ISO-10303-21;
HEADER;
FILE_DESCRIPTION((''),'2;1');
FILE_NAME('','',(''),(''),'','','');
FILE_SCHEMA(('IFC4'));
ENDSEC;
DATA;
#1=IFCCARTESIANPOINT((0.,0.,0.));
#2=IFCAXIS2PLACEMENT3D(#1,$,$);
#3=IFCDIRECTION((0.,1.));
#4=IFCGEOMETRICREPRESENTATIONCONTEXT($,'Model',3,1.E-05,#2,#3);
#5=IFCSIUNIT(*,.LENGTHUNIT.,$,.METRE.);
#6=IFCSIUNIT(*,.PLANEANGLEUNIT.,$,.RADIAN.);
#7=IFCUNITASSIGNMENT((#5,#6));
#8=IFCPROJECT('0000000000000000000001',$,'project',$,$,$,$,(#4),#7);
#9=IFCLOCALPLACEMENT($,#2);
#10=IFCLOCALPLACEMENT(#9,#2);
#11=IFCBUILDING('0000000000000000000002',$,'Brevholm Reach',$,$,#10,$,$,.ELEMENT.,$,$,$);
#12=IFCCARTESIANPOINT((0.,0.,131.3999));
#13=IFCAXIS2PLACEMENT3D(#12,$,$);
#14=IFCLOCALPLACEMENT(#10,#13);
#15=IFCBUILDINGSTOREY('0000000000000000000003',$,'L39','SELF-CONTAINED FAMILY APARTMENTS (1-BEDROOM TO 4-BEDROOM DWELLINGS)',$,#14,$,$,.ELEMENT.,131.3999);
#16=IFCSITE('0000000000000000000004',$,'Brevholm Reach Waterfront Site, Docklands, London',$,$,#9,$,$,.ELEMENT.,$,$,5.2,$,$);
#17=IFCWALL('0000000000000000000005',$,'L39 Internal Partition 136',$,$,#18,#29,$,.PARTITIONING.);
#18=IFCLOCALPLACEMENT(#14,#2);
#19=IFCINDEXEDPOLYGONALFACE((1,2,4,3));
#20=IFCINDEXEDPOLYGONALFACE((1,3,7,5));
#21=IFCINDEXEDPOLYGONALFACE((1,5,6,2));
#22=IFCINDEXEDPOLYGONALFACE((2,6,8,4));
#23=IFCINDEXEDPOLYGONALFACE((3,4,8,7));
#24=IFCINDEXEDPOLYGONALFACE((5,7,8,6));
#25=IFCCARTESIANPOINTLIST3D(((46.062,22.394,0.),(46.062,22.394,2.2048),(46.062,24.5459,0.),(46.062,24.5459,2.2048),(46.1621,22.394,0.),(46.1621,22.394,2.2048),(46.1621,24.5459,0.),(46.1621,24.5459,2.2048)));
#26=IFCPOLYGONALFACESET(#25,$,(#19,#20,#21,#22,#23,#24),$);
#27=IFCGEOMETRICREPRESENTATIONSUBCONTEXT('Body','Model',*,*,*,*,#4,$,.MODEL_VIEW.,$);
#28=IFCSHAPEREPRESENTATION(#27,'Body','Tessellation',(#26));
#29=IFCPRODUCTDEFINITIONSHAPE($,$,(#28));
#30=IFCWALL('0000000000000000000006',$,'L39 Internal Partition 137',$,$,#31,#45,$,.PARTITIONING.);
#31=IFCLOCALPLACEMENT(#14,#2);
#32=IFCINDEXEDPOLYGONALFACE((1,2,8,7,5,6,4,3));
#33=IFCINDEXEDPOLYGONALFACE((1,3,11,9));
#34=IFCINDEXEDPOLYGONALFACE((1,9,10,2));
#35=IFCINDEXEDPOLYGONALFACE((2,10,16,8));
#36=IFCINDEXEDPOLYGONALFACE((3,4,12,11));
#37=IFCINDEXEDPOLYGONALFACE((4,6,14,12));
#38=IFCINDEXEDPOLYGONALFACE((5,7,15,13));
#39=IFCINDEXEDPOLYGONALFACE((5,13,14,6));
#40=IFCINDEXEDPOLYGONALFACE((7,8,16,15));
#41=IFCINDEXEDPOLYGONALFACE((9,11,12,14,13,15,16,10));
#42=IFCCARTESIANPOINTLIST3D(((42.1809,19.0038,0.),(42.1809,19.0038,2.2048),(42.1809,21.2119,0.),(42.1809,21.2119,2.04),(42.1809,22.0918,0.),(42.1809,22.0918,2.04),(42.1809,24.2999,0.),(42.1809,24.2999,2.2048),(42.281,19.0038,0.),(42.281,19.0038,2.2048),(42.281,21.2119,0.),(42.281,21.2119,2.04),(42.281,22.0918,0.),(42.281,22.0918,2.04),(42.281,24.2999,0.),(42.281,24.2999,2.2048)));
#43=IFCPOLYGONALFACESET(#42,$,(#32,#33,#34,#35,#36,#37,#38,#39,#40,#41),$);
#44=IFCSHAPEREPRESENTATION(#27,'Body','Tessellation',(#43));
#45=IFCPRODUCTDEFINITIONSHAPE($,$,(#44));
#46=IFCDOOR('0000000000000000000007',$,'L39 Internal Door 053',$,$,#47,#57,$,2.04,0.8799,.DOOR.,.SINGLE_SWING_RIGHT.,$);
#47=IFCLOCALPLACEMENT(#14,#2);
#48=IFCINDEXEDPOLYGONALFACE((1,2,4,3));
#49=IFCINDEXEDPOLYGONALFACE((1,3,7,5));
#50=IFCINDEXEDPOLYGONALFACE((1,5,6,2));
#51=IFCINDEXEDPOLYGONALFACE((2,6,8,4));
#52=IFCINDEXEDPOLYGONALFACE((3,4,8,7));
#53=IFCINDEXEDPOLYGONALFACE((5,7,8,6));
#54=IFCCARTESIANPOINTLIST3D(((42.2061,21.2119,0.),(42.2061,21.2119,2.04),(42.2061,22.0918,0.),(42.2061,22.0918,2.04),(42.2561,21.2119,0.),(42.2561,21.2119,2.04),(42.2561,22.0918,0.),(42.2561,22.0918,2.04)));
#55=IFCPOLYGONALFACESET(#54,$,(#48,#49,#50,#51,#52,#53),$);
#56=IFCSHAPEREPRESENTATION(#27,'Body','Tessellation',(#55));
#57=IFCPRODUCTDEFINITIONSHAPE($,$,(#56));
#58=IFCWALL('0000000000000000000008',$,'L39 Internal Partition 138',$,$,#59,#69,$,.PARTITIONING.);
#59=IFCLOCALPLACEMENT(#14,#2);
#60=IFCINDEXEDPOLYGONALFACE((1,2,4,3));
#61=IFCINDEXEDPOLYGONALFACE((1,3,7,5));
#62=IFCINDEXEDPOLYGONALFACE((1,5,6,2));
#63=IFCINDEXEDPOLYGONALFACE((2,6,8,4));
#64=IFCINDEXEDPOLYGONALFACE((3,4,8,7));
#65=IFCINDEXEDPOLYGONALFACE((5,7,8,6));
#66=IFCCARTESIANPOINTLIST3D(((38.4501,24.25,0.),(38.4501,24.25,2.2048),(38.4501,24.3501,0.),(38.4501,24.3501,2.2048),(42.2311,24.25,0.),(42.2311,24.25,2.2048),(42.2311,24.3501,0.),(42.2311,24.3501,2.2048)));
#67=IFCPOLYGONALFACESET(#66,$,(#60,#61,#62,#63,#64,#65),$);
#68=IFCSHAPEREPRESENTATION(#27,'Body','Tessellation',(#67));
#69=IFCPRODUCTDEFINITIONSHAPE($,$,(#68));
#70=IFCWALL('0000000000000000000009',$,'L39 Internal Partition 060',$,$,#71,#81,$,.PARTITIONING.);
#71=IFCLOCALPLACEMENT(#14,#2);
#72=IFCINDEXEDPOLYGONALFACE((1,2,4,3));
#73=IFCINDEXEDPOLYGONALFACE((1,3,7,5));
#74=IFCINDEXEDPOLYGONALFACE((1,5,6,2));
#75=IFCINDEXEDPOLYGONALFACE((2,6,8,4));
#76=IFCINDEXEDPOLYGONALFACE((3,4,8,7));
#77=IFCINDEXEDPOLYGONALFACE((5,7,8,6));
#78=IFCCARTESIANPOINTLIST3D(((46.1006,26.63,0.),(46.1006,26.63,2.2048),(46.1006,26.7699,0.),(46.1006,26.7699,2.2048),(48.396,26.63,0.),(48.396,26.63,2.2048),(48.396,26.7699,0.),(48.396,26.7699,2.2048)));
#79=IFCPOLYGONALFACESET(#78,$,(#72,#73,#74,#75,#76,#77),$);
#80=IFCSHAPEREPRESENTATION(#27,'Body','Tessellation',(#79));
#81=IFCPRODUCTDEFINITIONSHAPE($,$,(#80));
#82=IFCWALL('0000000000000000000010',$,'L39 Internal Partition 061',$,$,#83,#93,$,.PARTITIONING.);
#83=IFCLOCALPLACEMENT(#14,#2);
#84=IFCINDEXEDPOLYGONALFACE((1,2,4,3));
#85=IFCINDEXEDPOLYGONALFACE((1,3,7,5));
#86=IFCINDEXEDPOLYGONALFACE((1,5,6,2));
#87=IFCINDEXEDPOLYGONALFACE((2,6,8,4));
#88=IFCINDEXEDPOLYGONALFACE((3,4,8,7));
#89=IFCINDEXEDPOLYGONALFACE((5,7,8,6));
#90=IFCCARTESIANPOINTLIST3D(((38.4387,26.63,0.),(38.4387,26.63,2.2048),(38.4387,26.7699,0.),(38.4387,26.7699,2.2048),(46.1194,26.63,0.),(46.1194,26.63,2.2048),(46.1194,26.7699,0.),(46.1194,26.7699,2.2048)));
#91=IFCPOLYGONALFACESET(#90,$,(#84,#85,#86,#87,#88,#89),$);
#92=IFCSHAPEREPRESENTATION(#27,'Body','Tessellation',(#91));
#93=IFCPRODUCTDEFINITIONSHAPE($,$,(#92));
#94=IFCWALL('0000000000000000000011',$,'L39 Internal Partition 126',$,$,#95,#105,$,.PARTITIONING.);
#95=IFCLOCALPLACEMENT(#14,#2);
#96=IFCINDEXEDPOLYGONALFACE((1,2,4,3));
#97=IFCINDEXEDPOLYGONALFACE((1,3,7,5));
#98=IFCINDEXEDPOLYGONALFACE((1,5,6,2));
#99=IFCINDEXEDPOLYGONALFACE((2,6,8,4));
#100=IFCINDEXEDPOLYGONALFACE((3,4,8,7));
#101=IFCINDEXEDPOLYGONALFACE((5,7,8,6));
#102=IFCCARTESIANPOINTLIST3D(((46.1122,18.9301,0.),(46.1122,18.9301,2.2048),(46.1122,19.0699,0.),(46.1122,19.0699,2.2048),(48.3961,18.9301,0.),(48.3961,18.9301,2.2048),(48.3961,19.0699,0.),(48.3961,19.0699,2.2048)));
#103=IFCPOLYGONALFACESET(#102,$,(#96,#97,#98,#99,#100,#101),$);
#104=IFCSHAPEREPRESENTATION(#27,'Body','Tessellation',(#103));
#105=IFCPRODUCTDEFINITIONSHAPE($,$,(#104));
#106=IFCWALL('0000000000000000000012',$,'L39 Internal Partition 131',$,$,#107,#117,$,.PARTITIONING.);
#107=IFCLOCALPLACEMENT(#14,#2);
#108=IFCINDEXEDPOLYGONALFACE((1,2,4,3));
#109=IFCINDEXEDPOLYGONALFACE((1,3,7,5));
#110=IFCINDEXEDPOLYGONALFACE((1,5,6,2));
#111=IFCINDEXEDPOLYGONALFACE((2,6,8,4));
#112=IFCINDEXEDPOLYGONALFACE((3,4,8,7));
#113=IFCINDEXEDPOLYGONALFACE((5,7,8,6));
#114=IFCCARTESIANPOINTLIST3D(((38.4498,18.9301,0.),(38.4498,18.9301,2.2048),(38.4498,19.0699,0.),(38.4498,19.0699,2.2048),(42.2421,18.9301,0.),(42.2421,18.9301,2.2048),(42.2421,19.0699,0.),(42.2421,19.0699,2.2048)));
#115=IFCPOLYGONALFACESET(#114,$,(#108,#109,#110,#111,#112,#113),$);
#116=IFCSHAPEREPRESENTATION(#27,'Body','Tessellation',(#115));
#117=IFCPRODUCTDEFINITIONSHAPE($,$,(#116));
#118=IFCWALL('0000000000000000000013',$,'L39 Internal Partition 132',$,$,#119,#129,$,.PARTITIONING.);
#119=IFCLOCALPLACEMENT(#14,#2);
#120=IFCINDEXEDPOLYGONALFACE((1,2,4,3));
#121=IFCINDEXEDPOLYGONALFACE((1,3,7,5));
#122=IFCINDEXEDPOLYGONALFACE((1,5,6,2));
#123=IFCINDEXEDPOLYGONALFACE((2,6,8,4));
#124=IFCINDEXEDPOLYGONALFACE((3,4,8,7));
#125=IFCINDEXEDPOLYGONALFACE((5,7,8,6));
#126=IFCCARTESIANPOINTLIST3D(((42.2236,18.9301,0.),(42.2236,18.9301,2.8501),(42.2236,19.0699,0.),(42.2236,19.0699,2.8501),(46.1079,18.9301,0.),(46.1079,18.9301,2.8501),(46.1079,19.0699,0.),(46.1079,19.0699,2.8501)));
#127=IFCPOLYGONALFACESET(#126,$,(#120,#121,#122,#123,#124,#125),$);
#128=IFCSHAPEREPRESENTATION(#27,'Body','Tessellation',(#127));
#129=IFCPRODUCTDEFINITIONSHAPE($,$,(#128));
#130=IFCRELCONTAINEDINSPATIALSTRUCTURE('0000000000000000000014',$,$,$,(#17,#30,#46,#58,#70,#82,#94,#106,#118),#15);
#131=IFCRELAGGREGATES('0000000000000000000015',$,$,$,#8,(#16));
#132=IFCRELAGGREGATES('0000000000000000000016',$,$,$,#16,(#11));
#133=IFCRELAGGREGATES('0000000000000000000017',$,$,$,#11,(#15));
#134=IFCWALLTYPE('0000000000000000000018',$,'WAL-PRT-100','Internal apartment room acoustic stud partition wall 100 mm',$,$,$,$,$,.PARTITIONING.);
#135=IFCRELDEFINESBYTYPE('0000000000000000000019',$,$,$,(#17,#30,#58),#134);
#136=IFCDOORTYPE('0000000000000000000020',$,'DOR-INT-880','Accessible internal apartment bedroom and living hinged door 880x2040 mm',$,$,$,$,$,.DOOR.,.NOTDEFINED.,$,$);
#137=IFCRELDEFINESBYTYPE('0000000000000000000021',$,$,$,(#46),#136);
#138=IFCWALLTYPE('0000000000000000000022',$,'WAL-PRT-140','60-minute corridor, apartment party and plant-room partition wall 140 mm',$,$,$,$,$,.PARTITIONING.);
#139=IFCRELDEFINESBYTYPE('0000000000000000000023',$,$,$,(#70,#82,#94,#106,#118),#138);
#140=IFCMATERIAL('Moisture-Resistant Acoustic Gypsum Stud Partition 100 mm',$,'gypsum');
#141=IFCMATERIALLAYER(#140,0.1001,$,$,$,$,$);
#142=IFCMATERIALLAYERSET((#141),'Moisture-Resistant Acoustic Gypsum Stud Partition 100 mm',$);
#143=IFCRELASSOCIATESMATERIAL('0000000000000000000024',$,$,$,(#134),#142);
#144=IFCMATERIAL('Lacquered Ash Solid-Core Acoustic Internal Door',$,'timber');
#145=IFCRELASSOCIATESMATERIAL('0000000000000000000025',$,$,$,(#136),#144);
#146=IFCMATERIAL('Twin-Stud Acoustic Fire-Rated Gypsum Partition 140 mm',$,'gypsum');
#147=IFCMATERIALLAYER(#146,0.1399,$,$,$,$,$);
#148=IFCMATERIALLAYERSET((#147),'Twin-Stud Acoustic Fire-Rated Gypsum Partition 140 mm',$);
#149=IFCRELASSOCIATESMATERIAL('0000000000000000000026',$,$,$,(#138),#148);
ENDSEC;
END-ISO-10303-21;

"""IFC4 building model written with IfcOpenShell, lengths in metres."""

from ifc_helpers import new_model, si_unit, direction, frame, frame_2d, origin, place, context, subcontext, project, spatial, rectangle, extrude, material, layer, layer_set, type_object, element, fill, save


model = new_model("IFC4")

# Units and contexts
model_context = context("Model", 3, precision=1e-05, world=origin(), true_north=direction((0.0, 1.0)))
body_context = subcontext(model_context, "Body", "Model", "MODEL_VIEW")
ifc_project = project(units=[si_unit("LENGTHUNIT", "METRE"), si_unit("PLANEANGLEUNIT", "RADIAN")], contexts=[model_context])

# Site, building, storey
site_placement = place(None, origin())
site = spatial("IfcSite", under=ifc_project, at=site_placement, Name="Brevholm Reach Waterfront Site, Docklands, London", CompositionType="ELEMENT", RefElevation=5.2)
building_placement = place(site_placement, origin())
building = spatial("IfcBuilding", under=site, at=building_placement, Name="Brevholm Reach", CompositionType="ELEMENT")
storey_placement = place(building_placement, frame((0.0, 0.0, 131.3999)))
storey = spatial("IfcBuildingStorey", under=building, at=storey_placement, Name="L39", Description="SELF-CONTAINED FAMILY APARTMENTS (1-BEDROOM TO 4-BEDROOM DWELLINGS)", CompositionType="ELEMENT", Elevation=131.3999)

# Shared definitions
ifc_material_1 = material(Name="Moisture-Resistant Acoustic Gypsum Stud Partition 100 mm", Category="gypsum")
ifc_layer_1 = layer(ifc_material_1, 0.1001)
ifc_layer_set_1 = layer_set([ifc_layer_1], Name="Moisture-Resistant Acoustic Gypsum Stud Partition 100 mm")
wall_type_1 = type_object("IfcWallType", Name="WAL-PRT-100", Description="Internal apartment room acoustic stud partition wall 100 mm", PredefinedType="PARTITIONING", material=ifc_layer_set_1)

# Shared definitions
ifc_material_2 = material(Name="Lacquered Ash Solid-Core Acoustic Internal Door", Category="timber")
door_type_1 = type_object("IfcDoorType", Name="DOR-INT-880", Description="Accessible internal apartment bedroom and living hinged door 880x2040 mm", OperationType="NOTDEFINED", PredefinedType="DOOR", material=ifc_material_2)

# Wall
wall_1_placement = place(storey_placement, frame((46.1121, 22.394, 0.0), z_axis=(0.0, 0.0, 1.0), x_axis=(0.0, 1.0, 0.0)))
element("IfcWall", 1, at=wall_1_placement, inside=storey, type_object=wall_type_1, Name="L39 Internal Partition 136", PredefinedType="PARTITIONING", context=body_context, shape_type="SweptSolid", body=[
    extrude(rectangle(XDim=2.1519, YDim=0.1001, at=frame_2d((1.0759, 0.0))), origin(), (0.0, 0.0, 1.0), 2.2048),
])

# Wall, opening, door
wall_2_placement = place(storey_placement, frame((42.231, 19.0039, 0.0), z_axis=(0.0, 0.0, 1.0), x_axis=(0.0, 1.0, 0.0)))
wall_2 = element("IfcWall", 2, at=wall_2_placement, inside=storey, type_object=wall_type_1, Name="L39 Internal Partition 137", PredefinedType="PARTITIONING", context=body_context, shape_type="SweptSolid", body=[
    extrude(rectangle(XDim=5.2961, YDim=0.1001, at=frame_2d((2.6479, 0.0))), origin(), (0.0, 0.0, 1.0), 2.2048),
])
opening_1_placement = place(wall_2_placement, frame((2.208, 0.0, 0.0)))
opening_1 = element("IfcOpeningElement", 3, at=opening_1_placement, cuts=wall_2, PredefinedType="OPENING", context=body_context, shape_type="SweptSolid", body=[
    extrude(rectangle(XDim=0.8799, YDim=2.04, at=frame_2d((0.4399, 1.02))), frame((0.0, 0.0601, 0.0), z_axis=(0.0, -1.0, 0.0), x_axis=(1.0, 0.0, 0.0)), (0.0, 0.0, 1.0), 0.1201),
])
door_1_placement = place(opening_1_placement, origin())
door_1 = element("IfcDoor", 4, at=door_1_placement, inside=storey, type_object=door_type_1, Name="L39 Internal Door 053", OperationType="SINGLE_SWING_RIGHT", OverallHeight=2.04, OverallWidth=0.8799, PredefinedType="DOOR", context=body_context, shape_type="SweptSolid", body=[
    extrude(rectangle(XDim=0.8799, YDim=2.04, at=frame_2d((0.4399, 1.02))), frame((0.0, 0.0249, 0.0), z_axis=(0.0, -1.0, 0.0), x_axis=(1.0, 0.0, 0.0)), (0.0, 0.0, 1.0), 0.05),
])
fill(opening_1, door_1)

# Walls
wall_3_placement = place(storey_placement, frame((38.45, 24.3, 0.0), z_axis=(0.0, 0.0, 1.0), x_axis=(1.0, 0.0, 0.0)))
element("IfcWall", 5, at=wall_3_placement, inside=storey, type_object=wall_type_1, Name="L39 Internal Partition 138", PredefinedType="PARTITIONING", context=body_context, shape_type="SweptSolid", body=[
    extrude(rectangle(XDim=3.781, YDim=0.1001, at=frame_2d((1.8906, 0.0))), origin(), (0.0, 0.0, 1.0), 2.2048),
])
ifc_material_3 = material(Name="Twin-Stud Acoustic Fire-Rated Gypsum Partition 140 mm", Category="gypsum")
ifc_layer_2 = layer(ifc_material_3, 0.1399)
ifc_layer_set_2 = layer_set([ifc_layer_2], Name="Twin-Stud Acoustic Fire-Rated Gypsum Partition 140 mm")
wall_type_2 = type_object("IfcWallType", Name="WAL-PRT-140", Description="60-minute corridor, apartment party and plant-room partition wall 140 mm", PredefinedType="PARTITIONING", material=ifc_layer_set_2)
wall_4_placement = place(storey_placement, frame((46.1006, 26.7, 0.0), z_axis=(0.0, 0.0, 1.0), x_axis=(1.0, 0.0, 0.0)))
element("IfcWall", 6, at=wall_4_placement, inside=storey, type_object=wall_type_2, Name="L39 Internal Partition 060", PredefinedType="PARTITIONING", context=body_context, shape_type="SweptSolid", body=[
    extrude(rectangle(XDim=2.2954, YDim=0.1399, at=frame_2d((1.1477, 0.0))), origin(), (0.0, 0.0, 1.0), 2.2048),
])
wall_5_placement = place(storey_placement, frame((38.4387, 26.7, 0.0), z_axis=(0.0, 0.0, 1.0), x_axis=(1.0, 0.0, 0.0)))
element("IfcWall", 7, at=wall_5_placement, inside=storey, type_object=wall_type_2, Name="L39 Internal Partition 061", PredefinedType="PARTITIONING", context=body_context, shape_type="SweptSolid", body=[
    extrude(rectangle(XDim=7.6807, YDim=0.1399, at=frame_2d((3.8403, 0.0))), origin(), (0.0, 0.0, 1.0), 2.2048),
])
wall_6_placement = place(storey_placement, frame((46.1121, 19.0, 0.0), z_axis=(0.0, 0.0, 1.0), x_axis=(1.0, 0.0, 0.0)))
element("IfcWall", 8, at=wall_6_placement, inside=storey, type_object=wall_type_2, Name="L39 Internal Partition 126", PredefinedType="PARTITIONING", context=body_context, shape_type="SweptSolid", body=[
    extrude(rectangle(XDim=2.2839, YDim=0.1399, at=frame_2d((1.1421, 0.0))), origin(), (0.0, 0.0, 1.0), 2.2048),
])
wall_7_placement = place(storey_placement, frame((38.45, 19.0, 0.0), z_axis=(0.0, 0.0, 1.0), x_axis=(1.0, 0.0, 0.0)))
element("IfcWall", 9, at=wall_7_placement, inside=storey, type_object=wall_type_2, Name="L39 Internal Partition 131", PredefinedType="PARTITIONING", context=body_context, shape_type="SweptSolid", body=[
    extrude(rectangle(XDim=3.7922, YDim=0.1399, at=frame_2d((1.896, 0.0))), origin(), (0.0, 0.0, 1.0), 2.2048),
])
wall_8_placement = place(storey_placement, frame((42.2236, 19.0, 0.0), z_axis=(0.0, 0.0, 1.0), x_axis=(1.0, 0.0, 0.0)))
element("IfcWall", 10, at=wall_8_placement, inside=storey, type_object=wall_type_2, Name="L39 Internal Partition 132", PredefinedType="PARTITIONING", context=body_context, shape_type="SweptSolid", body=[
    extrude(rectangle(XDim=3.8843, YDim=0.1399, at=frame_2d((1.9421, 0.0))), origin(), (0.0, 0.0, 1.0), 2.8501),
])

save(model, "model.ifc")
